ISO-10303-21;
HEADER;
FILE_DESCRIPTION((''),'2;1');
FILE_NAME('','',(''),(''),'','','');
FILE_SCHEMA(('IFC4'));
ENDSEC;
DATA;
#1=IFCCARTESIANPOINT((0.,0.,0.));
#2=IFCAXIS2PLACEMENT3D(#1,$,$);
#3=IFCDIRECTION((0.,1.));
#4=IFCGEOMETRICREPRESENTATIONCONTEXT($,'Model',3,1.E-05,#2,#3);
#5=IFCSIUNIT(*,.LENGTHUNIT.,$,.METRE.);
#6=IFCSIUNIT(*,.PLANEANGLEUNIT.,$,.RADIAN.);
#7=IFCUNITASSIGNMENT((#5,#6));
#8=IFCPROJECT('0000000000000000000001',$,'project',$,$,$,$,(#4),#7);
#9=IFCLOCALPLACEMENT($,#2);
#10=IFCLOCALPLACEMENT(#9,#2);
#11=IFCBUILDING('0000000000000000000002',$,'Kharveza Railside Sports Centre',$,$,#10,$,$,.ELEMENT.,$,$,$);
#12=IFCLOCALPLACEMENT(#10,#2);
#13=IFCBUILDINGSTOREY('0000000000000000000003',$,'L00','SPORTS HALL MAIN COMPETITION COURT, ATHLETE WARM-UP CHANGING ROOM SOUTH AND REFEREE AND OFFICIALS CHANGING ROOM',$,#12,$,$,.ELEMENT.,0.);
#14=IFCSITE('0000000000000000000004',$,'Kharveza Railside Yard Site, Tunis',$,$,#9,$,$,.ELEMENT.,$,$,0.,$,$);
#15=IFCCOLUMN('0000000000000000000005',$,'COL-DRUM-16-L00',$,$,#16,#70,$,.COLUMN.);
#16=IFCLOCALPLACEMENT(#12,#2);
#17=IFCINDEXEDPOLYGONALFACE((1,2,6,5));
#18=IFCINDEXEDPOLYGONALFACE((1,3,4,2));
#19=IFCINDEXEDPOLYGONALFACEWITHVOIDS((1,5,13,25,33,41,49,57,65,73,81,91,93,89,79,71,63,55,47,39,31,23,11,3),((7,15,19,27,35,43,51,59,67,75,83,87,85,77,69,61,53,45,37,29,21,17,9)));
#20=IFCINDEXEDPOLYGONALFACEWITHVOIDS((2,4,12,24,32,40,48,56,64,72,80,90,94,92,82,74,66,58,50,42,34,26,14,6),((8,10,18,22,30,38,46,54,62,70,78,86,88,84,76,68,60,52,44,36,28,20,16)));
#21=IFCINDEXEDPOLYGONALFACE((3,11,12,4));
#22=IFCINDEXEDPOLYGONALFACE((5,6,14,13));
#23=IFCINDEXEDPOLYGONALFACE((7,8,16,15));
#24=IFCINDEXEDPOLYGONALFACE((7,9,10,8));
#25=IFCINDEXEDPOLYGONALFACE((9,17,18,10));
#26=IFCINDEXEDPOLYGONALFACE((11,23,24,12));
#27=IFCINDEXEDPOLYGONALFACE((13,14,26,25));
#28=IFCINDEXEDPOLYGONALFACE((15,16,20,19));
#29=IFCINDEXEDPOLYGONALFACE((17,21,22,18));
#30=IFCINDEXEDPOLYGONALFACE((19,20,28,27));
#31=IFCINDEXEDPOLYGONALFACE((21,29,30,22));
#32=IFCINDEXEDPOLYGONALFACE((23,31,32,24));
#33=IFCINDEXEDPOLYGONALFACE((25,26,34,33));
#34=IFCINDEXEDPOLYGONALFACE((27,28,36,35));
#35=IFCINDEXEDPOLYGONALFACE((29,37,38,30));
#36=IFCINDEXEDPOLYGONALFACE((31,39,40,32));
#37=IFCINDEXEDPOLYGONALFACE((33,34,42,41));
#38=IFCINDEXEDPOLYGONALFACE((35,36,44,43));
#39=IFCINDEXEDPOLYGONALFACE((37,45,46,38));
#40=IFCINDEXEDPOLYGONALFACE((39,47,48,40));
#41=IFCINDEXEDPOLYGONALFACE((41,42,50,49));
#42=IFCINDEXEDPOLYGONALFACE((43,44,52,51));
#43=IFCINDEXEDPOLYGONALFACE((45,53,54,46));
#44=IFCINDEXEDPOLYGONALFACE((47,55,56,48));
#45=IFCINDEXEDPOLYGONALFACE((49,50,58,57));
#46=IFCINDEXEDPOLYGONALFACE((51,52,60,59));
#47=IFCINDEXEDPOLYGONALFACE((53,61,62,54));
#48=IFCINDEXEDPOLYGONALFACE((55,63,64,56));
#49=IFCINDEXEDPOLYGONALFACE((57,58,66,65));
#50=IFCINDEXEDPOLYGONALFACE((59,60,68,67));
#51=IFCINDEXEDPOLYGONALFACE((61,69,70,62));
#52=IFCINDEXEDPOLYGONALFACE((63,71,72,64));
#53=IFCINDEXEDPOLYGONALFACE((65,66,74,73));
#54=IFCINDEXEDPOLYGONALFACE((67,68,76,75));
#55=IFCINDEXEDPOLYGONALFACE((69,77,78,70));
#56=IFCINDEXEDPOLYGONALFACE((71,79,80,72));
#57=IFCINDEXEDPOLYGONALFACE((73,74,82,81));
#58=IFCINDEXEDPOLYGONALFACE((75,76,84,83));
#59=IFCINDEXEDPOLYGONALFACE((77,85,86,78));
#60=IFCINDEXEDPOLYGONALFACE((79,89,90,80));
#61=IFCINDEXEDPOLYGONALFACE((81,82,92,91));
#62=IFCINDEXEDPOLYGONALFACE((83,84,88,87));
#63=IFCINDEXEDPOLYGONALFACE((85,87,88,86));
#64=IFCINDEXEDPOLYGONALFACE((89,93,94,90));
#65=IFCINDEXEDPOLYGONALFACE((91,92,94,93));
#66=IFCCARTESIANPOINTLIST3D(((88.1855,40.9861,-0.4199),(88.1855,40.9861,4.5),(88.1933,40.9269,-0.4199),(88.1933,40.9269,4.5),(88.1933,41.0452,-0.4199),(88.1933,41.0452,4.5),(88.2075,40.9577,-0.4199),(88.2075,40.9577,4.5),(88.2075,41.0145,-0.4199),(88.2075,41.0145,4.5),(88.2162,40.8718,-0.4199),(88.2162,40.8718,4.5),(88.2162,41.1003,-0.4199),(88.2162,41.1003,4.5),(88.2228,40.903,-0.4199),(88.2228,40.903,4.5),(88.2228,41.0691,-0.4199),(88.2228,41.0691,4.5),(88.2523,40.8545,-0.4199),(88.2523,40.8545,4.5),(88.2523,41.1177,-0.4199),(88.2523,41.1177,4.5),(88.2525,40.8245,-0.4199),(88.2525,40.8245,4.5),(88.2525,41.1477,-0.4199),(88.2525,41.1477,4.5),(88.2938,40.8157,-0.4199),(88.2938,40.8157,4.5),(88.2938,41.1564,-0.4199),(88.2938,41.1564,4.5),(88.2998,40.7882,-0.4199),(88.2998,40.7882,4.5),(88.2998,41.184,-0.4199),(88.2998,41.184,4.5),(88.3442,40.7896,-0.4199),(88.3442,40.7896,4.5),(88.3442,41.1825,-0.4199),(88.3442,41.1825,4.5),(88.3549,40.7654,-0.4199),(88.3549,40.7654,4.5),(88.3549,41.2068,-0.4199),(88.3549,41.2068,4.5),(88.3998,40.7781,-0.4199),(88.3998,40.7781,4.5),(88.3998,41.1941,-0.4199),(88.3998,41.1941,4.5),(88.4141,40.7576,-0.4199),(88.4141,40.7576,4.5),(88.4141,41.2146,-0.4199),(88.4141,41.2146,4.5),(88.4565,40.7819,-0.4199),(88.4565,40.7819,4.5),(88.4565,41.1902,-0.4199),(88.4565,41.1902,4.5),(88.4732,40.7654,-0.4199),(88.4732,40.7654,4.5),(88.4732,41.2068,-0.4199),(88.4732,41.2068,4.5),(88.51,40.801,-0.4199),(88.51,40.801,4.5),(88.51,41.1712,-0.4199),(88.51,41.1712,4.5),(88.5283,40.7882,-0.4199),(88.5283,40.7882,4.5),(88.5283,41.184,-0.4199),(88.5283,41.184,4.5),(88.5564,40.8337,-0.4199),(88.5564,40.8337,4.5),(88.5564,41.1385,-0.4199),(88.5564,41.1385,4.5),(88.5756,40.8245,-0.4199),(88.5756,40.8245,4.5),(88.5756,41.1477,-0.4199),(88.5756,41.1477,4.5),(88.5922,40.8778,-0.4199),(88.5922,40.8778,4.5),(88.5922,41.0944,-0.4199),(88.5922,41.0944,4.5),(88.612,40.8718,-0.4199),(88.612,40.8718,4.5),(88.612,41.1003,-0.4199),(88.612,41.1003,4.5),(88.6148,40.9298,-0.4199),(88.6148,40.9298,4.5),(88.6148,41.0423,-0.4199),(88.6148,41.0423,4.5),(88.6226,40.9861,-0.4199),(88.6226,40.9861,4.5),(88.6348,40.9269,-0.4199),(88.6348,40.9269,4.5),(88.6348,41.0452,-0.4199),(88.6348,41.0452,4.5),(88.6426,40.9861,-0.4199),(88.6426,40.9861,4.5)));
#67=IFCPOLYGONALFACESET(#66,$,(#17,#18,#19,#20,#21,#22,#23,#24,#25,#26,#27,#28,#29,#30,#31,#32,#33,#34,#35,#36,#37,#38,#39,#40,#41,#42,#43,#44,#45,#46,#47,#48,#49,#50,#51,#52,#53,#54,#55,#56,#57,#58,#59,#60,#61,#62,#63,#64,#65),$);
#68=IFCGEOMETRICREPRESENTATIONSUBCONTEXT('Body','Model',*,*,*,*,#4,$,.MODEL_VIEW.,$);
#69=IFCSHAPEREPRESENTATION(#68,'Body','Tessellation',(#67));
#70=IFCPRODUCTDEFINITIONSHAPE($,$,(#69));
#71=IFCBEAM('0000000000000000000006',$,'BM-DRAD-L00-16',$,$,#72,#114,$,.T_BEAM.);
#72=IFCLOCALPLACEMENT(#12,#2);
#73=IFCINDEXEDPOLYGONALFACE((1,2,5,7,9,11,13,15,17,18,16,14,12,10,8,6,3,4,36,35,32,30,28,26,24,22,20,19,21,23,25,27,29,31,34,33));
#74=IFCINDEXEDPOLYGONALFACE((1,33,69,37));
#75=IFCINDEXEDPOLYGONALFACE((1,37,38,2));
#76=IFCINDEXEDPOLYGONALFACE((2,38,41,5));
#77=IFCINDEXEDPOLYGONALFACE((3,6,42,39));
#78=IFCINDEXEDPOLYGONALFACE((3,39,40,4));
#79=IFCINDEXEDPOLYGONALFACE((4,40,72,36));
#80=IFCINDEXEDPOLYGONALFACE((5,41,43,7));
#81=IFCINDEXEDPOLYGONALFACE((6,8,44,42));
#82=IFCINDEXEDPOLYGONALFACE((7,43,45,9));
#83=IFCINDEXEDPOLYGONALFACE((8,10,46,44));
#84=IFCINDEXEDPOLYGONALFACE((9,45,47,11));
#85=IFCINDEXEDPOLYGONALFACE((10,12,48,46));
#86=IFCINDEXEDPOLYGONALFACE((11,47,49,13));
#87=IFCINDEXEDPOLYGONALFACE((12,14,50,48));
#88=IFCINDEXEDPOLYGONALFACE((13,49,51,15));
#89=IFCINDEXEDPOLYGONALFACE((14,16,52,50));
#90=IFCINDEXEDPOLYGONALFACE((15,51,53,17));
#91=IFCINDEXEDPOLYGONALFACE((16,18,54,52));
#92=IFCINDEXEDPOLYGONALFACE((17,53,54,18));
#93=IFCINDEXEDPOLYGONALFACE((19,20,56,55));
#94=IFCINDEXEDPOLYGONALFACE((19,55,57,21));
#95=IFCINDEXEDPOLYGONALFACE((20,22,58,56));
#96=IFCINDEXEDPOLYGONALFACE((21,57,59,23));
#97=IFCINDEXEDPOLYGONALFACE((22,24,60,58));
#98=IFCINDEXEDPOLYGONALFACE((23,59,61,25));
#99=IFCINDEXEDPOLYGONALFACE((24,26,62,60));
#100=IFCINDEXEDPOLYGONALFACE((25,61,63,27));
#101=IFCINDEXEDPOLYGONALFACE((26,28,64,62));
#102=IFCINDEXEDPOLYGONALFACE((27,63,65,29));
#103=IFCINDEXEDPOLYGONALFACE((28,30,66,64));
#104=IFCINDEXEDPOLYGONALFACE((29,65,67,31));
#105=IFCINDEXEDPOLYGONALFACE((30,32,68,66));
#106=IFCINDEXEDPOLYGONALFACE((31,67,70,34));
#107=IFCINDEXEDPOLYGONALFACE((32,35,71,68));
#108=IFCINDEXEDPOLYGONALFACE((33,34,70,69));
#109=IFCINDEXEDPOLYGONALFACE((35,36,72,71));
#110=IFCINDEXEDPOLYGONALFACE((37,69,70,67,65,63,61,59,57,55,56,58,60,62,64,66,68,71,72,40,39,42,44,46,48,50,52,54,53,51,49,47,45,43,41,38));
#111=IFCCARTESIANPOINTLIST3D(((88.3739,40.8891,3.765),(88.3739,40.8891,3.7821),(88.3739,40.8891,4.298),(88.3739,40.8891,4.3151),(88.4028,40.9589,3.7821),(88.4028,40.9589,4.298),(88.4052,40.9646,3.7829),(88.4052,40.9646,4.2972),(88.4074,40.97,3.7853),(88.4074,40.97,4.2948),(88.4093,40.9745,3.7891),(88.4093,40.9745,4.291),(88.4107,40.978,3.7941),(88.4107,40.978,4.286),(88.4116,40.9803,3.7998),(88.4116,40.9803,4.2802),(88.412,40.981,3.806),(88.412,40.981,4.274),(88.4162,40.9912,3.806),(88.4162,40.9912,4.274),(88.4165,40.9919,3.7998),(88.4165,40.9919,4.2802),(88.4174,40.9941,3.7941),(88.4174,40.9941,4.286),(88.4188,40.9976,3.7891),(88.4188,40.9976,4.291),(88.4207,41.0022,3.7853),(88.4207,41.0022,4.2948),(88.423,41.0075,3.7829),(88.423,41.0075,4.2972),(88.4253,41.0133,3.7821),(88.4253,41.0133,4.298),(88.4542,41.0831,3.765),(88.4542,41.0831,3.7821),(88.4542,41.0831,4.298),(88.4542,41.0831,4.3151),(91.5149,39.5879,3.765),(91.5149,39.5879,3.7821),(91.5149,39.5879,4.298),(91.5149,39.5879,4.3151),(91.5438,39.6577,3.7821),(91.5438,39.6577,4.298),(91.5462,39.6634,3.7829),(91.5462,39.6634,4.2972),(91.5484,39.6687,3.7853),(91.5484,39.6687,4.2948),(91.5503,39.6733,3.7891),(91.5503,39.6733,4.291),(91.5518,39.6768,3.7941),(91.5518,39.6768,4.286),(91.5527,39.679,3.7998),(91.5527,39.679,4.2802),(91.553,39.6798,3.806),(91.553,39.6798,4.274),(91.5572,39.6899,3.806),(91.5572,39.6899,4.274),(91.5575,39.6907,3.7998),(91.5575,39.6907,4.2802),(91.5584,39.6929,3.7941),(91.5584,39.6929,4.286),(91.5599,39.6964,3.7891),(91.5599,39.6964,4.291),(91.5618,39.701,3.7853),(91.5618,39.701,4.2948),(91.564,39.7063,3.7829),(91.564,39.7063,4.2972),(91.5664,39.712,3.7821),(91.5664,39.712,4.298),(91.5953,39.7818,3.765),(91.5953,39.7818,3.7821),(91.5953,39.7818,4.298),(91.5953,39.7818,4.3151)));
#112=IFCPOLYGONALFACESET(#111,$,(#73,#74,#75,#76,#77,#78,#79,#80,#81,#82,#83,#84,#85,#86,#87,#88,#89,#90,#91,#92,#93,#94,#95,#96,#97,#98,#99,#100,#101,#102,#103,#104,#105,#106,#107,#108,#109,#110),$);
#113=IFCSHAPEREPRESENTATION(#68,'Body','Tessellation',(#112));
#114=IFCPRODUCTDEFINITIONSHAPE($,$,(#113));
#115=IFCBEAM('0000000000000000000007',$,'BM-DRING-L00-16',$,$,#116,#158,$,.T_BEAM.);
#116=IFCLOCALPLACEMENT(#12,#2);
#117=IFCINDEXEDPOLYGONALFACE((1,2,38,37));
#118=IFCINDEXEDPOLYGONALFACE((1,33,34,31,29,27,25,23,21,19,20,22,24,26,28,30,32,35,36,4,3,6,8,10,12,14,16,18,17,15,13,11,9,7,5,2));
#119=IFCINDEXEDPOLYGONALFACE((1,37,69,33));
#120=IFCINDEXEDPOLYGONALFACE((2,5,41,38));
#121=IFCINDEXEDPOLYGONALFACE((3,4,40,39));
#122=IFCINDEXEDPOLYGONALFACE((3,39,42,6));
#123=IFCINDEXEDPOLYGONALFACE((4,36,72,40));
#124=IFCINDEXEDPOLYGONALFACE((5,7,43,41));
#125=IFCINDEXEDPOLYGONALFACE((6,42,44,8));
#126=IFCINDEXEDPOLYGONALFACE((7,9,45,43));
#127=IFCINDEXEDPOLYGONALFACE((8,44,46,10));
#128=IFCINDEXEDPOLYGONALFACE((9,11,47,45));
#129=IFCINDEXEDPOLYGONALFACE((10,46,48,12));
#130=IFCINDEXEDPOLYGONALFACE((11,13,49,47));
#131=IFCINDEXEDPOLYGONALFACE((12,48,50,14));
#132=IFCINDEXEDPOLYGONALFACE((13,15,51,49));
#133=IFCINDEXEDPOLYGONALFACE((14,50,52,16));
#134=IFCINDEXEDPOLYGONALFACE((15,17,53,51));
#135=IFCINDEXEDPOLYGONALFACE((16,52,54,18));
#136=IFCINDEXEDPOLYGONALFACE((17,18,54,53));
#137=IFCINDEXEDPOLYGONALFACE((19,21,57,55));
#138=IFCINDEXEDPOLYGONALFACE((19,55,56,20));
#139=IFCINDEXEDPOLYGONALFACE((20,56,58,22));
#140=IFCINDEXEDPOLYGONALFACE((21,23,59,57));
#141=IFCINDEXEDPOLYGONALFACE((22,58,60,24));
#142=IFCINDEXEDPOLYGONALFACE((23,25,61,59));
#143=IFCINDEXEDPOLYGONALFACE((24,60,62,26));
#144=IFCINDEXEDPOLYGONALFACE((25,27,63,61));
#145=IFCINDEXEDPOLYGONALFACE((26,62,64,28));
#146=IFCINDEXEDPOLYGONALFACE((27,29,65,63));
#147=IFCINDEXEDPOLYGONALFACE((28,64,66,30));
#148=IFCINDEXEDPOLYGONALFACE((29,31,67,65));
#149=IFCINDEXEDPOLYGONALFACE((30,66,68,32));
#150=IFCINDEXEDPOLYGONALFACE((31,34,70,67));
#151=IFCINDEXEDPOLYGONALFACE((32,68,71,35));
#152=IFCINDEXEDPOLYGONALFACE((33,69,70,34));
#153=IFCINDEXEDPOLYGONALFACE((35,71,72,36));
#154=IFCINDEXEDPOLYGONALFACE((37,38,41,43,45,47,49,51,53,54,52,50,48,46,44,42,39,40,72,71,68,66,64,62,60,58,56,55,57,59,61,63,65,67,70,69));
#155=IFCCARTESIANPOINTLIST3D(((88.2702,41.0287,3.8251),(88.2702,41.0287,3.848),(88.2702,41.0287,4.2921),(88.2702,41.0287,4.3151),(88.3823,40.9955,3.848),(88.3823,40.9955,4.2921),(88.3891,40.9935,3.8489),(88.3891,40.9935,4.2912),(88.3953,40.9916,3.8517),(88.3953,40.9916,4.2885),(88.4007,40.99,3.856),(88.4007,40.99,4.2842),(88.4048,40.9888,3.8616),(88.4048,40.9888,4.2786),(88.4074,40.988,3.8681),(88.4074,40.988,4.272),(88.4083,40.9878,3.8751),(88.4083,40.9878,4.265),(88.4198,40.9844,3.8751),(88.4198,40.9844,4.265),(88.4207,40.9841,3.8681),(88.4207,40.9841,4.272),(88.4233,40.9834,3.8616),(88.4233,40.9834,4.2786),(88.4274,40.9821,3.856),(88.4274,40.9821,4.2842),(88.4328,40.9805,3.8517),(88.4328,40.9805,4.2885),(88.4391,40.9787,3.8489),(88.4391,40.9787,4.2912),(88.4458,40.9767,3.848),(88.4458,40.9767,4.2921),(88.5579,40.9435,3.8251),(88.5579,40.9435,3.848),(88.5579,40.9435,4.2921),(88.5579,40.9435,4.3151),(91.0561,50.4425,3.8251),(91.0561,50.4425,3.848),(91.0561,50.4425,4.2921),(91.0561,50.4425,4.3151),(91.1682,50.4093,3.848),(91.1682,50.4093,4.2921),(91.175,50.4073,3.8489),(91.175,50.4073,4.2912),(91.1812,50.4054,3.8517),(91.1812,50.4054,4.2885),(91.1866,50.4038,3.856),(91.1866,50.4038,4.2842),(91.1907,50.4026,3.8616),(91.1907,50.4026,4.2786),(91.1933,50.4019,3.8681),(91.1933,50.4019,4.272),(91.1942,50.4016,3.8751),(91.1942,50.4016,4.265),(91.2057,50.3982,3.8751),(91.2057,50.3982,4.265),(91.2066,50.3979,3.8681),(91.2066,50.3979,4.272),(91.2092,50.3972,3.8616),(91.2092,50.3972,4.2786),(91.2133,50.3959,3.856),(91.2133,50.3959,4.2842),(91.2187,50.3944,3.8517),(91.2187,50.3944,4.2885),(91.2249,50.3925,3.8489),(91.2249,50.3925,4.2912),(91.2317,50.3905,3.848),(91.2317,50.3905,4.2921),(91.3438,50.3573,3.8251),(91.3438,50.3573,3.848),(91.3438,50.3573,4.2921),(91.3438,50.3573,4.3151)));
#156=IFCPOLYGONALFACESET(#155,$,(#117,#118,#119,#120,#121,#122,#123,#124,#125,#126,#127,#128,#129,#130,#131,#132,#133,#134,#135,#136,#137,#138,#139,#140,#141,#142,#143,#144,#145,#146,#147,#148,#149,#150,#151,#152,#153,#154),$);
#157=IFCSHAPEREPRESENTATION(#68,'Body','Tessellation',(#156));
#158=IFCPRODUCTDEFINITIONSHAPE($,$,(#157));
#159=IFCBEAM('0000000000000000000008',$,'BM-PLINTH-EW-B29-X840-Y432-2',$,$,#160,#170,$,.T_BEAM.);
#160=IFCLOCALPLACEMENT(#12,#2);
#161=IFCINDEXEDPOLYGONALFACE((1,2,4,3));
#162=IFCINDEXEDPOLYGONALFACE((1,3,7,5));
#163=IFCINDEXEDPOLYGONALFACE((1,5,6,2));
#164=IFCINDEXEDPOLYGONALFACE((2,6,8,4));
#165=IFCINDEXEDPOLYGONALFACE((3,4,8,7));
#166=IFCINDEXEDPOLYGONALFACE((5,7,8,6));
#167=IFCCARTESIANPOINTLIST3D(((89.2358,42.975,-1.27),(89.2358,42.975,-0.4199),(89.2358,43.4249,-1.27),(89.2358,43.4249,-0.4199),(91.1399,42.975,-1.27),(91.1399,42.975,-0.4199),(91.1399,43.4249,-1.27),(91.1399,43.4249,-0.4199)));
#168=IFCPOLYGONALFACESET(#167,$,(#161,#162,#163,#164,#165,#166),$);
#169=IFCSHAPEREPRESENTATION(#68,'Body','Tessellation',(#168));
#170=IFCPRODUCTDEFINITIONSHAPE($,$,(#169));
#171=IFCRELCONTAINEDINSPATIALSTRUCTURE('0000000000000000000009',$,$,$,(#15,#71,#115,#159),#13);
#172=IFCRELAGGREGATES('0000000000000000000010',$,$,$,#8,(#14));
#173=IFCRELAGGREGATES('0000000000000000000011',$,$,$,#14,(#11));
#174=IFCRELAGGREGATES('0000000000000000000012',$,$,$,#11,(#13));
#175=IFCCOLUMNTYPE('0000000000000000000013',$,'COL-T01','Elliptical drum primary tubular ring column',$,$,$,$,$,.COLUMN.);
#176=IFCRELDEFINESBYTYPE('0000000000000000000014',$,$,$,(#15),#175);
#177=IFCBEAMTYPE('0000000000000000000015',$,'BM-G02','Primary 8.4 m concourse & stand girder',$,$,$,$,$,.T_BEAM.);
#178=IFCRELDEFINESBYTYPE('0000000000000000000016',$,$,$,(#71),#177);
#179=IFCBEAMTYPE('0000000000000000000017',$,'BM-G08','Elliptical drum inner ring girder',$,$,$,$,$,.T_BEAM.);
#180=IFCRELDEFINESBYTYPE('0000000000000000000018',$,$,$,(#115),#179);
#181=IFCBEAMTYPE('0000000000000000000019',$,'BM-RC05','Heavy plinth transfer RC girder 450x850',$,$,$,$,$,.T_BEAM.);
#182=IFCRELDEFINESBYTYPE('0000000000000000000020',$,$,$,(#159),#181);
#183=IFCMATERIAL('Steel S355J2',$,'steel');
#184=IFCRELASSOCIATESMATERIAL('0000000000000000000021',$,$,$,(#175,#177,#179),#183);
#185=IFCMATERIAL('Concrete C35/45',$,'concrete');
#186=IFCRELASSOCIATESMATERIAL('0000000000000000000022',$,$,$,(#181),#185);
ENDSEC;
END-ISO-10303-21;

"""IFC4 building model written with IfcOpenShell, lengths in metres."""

from ifc_helpers import new_model, si_unit, direction, frame, origin, origin_2d, place, context, subcontext, project, spatial, rectangle, hollow_circle, i_section, extrude, material, material_profile, profile_set, type_object, element, save


model = new_model("IFC4")

# Units and contexts
model_context = context("Model", 3, precision=1e-05, world=origin(), true_north=direction((0.0, 1.0)))
body_context = subcontext(model_context, "Body", "Model", "MODEL_VIEW")
ifc_project = project(units=[si_unit("LENGTHUNIT", "METRE"), si_unit("PLANEANGLEUNIT", "RADIAN")], contexts=[model_context])

# Site, building, storey
site_placement = place(None, origin())
site = spatial("IfcSite", under=ifc_project, at=site_placement, Name="Kharveza Railside Yard Site, Tunis", CompositionType="ELEMENT", RefElevation=0.0)
building_placement = place(site_placement, origin())
building = spatial("IfcBuilding", under=site, at=building_placement, Name="Kharveza Railside Sports Centre", CompositionType="ELEMENT")
storey_placement = place(building_placement, origin())
storey = spatial("IfcBuildingStorey", under=building, at=storey_placement, Name="L00", Description="SPORTS HALL MAIN COMPETITION COURT, ATHLETE WARM-UP CHANGING ROOM SOUTH AND REFEREE AND OFFICIALS CHANGING ROOM", CompositionType="ELEMENT", Elevation=0.0)

# Shared definitions
ifc_material_1 = material(Name="Concrete C35/45", Category="concrete")

# Column
ifc_material_2 = material(Name="Steel S355J2", Category="steel")
ifc_material_profile_1 = material_profile(ifc_material_2, hollow_circle(Radius=0.2285, WallThickness=0.02, at=origin_2d()), Name="CHS 457.0x20.0")
ifc_profile_set_1 = profile_set([ifc_material_profile_1], Name="Steel S355J2")
column_type_1 = type_object("IfcColumnType", Name="COL-T01", Description="Elliptical drum primary tubular ring column", PredefinedType="COLUMN", material=ifc_profile_set_1)
column_1_placement = place(storey_placement, frame((88.4141, 40.9861, -0.4199), z_axis=(0.0, 0.0, 1.0), x_axis=(1.0, 0.0, 0.0)))
element("IfcColumn", 1, at=column_1_placement, inside=storey, type_object=column_type_1, Name="COL-DRUM-16-L00", PredefinedType="COLUMN", context=body_context, shape_type="SweptSolid", body=[
    extrude(hollow_circle(Radius=0.2285, WallThickness=0.02, at=origin_2d()), origin(), (0.0, 0.0, 1.0), 4.9199),
])

# Beams
ifc_material_profile_2 = material_profile(ifc_material_2, i_section(OverallWidth=0.21, OverallDepth=0.55, WebThickness=0.011, FlangeThickness=0.0171, FilletRadius=0.0239, at=origin_2d()), Name="IPE 550")
ifc_profile_set_2 = profile_set([ifc_material_profile_2], Name="Steel S355J2")
beam_type_1 = type_object("IfcBeamType", Name="BM-G02", Description="Primary 8.4 m concourse & stand girder", PredefinedType="T_BEAM", material=ifc_profile_set_2)
beam_1_placement = place(storey_placement, frame((88.4141, 40.9861, 4.04), z_axis=(0.923861, -0.382728, 0.0), x_axis=(0.382728, 0.923861, 0.0)))
element("IfcBeam", 2, at=beam_1_placement, inside=storey, type_object=beam_type_1, Name="BM-DRAD-L00-16", PredefinedType="T_BEAM", context=body_context, shape_type="SweptSolid", body=[
    extrude(i_section(OverallWidth=0.21, OverallDepth=0.55, WebThickness=0.011, FlangeThickness=0.0171, FilletRadius=0.0239, at=origin_2d()), origin(), (0.0, 0.0, 1.0), 3.3999),
])
ifc_material_profile_3 = material_profile(ifc_material_2, i_section(OverallWidth=0.3, OverallDepth=0.49, WebThickness=0.012, FlangeThickness=0.0229, FilletRadius=0.0271, at=origin_2d()), Name="HEA 500")
ifc_profile_set_3 = profile_set([ifc_material_profile_3], Name="Steel S355J2")
beam_type_2 = type_object("IfcBeamType", Name="BM-G08", Description="Elliptical drum inner ring girder", PredefinedType="T_BEAM", material=ifc_profile_set_3)
beam_2_placement = place(storey_placement, frame((88.4141, 40.9861, 4.0701), z_axis=(0.283771, 0.958892, 0.0), x_axis=(-0.958892, 0.283771, 0.0)))
element("IfcBeam", 3, at=beam_2_placement, inside=storey, type_object=beam_type_2, Name="BM-DRING-L00-16", PredefinedType="T_BEAM", context=body_context, shape_type="SweptSolid", body=[
    extrude(i_section(OverallWidth=0.3, OverallDepth=0.49, WebThickness=0.012, FlangeThickness=0.0229, FilletRadius=0.0271, at=origin_2d()), origin(), (0.0, 0.0, 1.0), 9.8174),
])
ifc_material_profile_4 = material_profile(ifc_material_1, rectangle(XDim=0.45, YDim=0.8501, at=origin_2d()), Name="RCB 450x850")
ifc_profile_set_4 = profile_set([ifc_material_profile_4], Name="Concrete C35/45")
beam_type_3 = type_object("IfcBeamType", Name="BM-RC05", Description="Heavy plinth transfer RC girder 450x850", PredefinedType="T_BEAM", material=ifc_profile_set_4)
beam_3_placement = place(storey_placement, frame((89.2358, 43.2, -0.845), z_axis=(1.0, 0.0, 0.0), x_axis=(0.0, 1.0, 0.0)))
element("IfcBeam", 4, at=beam_3_placement, inside=storey, type_object=beam_type_3, Name="BM-PLINTH-EW-B29-X840-Y432-2", PredefinedType="T_BEAM", context=body_context, shape_type="SweptSolid", body=[
    extrude(rectangle(XDim=0.45, YDim=0.8501, at=origin_2d()), origin(), (0.0, 0.0, 1.0), 1.9041),
])

save(model, "model.ifc")
